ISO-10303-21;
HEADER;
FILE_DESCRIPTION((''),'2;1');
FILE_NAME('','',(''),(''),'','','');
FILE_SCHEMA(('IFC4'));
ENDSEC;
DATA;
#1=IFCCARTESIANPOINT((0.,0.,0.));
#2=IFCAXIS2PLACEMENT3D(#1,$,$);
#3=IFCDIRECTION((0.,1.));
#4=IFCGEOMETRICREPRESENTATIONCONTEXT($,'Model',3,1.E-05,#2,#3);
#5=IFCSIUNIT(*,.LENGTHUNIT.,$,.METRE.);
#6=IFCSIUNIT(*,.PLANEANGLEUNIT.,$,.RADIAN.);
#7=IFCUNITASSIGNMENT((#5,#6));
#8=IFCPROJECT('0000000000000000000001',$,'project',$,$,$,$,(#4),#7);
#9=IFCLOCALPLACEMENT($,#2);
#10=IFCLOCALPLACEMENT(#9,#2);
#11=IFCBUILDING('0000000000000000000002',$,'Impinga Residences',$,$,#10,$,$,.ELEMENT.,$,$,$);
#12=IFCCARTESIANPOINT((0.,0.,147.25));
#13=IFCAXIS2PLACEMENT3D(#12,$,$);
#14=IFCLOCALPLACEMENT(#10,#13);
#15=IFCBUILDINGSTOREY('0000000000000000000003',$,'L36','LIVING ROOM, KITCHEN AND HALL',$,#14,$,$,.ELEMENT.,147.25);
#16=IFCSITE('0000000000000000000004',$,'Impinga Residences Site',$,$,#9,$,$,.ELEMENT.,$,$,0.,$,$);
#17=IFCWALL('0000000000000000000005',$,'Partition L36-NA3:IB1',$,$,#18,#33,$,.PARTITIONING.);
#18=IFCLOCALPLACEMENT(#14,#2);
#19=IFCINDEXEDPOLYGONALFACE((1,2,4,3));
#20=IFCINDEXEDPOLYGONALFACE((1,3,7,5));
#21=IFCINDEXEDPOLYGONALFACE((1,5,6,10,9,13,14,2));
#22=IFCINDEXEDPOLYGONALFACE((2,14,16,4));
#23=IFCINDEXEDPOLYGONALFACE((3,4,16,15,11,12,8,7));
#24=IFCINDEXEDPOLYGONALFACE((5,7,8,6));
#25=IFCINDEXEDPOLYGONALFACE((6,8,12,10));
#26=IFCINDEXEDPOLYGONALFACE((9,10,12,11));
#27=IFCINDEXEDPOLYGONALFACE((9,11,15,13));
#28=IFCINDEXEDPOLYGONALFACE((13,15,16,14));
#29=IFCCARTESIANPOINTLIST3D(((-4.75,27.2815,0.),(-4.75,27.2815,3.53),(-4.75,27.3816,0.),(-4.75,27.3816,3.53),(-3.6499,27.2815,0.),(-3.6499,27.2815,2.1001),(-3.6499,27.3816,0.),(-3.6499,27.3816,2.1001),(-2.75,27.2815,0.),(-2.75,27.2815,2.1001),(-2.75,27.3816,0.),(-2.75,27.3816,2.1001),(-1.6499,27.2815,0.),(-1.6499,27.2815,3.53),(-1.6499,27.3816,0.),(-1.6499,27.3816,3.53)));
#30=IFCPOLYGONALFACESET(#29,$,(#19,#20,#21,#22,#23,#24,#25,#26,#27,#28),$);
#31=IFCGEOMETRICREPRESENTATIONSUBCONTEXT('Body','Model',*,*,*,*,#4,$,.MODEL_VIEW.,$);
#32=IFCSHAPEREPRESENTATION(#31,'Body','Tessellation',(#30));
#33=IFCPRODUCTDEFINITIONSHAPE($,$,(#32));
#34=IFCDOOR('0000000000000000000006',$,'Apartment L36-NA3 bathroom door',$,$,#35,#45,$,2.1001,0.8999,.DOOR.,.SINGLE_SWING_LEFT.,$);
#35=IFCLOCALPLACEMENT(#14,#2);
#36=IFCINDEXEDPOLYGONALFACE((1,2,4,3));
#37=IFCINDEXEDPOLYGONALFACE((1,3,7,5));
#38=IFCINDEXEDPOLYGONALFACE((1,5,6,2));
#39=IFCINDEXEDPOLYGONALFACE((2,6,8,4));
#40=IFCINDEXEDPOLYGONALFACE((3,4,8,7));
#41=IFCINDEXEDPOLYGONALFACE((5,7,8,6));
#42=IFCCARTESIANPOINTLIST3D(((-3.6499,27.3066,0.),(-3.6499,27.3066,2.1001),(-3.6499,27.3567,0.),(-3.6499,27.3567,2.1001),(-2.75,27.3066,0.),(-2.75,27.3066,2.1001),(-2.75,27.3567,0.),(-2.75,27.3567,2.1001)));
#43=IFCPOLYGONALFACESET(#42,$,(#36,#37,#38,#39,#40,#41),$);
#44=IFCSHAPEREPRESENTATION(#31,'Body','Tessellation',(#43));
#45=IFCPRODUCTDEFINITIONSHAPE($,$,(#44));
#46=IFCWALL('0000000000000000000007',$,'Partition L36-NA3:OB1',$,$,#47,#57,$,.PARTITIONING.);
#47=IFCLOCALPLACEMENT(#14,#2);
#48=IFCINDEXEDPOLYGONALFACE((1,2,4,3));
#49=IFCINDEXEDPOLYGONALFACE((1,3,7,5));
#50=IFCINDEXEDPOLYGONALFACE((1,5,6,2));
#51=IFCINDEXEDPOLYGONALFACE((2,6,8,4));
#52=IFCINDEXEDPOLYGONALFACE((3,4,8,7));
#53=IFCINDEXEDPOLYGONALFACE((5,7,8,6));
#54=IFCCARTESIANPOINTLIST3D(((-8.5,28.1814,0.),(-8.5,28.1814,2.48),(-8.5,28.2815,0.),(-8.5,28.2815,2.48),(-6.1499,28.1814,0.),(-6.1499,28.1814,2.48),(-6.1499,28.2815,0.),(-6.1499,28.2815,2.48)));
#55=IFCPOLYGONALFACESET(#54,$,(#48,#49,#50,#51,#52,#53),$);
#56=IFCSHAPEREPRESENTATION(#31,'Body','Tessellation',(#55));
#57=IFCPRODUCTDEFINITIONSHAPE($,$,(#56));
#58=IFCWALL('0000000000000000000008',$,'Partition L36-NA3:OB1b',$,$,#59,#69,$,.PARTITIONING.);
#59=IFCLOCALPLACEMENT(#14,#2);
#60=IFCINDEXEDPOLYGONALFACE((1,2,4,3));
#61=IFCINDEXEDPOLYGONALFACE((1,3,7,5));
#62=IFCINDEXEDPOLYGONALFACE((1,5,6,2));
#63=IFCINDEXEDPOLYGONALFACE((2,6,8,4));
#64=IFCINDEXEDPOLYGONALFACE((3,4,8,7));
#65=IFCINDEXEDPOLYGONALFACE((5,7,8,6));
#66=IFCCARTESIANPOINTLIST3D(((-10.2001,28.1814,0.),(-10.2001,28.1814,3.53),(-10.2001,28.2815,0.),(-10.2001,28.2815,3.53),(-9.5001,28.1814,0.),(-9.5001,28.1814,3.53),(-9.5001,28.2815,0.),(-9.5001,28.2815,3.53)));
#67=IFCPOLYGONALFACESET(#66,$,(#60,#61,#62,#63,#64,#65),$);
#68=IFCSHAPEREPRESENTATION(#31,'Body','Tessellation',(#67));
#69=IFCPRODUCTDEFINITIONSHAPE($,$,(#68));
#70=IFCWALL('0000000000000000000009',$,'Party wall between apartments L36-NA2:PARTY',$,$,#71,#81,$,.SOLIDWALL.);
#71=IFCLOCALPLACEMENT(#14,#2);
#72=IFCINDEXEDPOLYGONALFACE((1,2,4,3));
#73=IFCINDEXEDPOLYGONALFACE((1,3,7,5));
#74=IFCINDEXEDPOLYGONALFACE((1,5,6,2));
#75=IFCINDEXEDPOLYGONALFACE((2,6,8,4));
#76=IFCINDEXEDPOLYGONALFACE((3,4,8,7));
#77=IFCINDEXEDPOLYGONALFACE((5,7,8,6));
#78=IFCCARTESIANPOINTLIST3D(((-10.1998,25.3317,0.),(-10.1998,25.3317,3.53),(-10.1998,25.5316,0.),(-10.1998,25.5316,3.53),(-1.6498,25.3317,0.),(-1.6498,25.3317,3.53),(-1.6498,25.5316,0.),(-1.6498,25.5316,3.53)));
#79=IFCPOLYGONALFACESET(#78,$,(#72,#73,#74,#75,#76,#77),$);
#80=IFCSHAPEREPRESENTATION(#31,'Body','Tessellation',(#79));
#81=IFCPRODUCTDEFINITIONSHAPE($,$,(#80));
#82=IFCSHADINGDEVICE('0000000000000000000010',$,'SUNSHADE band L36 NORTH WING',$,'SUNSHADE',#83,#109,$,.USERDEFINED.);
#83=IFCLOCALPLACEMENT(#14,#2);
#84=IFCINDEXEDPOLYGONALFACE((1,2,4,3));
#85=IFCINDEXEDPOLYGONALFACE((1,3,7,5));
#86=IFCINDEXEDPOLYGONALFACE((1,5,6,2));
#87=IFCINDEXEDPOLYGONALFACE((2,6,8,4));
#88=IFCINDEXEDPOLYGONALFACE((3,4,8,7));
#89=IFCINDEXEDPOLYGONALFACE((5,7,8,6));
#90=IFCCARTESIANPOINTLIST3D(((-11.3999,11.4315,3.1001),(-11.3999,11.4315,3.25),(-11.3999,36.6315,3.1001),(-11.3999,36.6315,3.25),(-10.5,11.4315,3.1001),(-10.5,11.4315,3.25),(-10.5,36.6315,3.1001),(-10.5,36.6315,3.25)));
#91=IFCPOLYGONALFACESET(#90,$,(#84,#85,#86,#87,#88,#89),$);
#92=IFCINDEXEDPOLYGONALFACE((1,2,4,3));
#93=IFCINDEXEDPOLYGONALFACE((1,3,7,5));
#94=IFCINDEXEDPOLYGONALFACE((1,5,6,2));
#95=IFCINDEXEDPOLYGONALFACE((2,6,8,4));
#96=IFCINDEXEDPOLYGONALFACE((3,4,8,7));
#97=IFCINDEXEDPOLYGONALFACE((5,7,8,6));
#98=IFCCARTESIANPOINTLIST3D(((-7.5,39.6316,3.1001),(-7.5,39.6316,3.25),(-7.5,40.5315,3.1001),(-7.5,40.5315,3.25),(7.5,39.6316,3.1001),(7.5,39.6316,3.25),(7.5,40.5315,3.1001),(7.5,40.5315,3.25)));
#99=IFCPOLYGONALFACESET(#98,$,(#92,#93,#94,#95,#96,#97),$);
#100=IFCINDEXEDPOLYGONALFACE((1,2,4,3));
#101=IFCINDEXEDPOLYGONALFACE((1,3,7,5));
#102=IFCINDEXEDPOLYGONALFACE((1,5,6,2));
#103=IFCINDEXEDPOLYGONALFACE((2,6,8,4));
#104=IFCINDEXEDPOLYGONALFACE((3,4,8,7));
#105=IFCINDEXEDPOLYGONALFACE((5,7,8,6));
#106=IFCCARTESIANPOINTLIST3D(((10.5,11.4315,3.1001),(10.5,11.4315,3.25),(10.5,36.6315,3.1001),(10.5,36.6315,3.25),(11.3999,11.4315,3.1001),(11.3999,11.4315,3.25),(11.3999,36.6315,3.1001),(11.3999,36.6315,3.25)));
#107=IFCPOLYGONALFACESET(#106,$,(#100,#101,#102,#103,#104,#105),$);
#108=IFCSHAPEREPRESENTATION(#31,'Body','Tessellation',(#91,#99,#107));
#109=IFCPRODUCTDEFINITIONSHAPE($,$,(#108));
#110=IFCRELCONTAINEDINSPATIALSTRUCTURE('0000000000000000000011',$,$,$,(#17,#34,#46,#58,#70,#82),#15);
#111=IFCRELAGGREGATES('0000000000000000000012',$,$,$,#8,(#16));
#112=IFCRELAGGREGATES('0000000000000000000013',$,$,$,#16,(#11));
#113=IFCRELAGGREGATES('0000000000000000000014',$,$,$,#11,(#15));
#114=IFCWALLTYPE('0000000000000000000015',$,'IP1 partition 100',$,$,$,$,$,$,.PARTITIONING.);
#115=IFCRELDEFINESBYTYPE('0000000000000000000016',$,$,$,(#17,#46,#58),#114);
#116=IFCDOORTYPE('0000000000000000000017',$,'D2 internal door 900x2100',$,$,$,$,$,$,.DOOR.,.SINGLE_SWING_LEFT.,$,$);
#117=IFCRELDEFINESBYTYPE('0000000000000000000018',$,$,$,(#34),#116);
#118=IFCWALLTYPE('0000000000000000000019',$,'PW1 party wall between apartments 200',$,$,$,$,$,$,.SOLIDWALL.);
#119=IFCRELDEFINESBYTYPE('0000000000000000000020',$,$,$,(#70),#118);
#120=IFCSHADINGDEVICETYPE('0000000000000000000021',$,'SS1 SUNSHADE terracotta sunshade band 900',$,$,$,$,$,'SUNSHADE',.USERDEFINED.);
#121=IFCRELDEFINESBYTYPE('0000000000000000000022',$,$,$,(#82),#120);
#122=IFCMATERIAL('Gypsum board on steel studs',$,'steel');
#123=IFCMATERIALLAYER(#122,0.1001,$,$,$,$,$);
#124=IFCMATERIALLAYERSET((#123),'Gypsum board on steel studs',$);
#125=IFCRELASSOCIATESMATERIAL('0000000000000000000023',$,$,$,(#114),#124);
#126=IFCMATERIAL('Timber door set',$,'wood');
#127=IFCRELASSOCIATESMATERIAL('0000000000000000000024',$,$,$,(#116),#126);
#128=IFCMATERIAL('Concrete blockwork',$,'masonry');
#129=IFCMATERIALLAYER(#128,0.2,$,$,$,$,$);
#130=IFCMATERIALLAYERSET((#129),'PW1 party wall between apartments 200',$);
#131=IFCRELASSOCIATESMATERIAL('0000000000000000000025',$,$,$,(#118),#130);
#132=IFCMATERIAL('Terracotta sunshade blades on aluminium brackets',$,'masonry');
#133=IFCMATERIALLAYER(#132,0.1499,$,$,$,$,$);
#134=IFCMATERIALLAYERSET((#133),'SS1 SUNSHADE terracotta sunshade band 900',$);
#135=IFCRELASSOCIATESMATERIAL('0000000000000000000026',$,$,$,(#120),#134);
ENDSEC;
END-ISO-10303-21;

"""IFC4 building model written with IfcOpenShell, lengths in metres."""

from ifc_helpers import new_model, si_unit, direction, frame, frame_2d, origin, origin_2d, place, context, subcontext, project, spatial, rectangle, extrude, material, layer, layer_set, type_object, element, fill, save


model = new_model("IFC4")

# Units and contexts
model_context = context("Model", 3, precision=1e-05, world=origin(), true_north=direction((0.0, 1.0)))
body_context = subcontext(model_context, "Body", "Model", "MODEL_VIEW")
ifc_project = project(units=[si_unit("LENGTHUNIT", "METRE"), si_unit("PLANEANGLEUNIT", "RADIAN")], contexts=[model_context])

# Site, building, storey
site_placement = place(None, origin())
site = spatial("IfcSite", under=ifc_project, at=site_placement, Name="Impinga Residences Site", CompositionType="ELEMENT", RefElevation=0.0)
building_placement = place(site_placement, origin())
building = spatial("IfcBuilding", under=site, at=building_placement, Name="Impinga Residences", CompositionType="ELEMENT")
storey_placement = place(building_placement, frame((0.0, 0.0, 147.25)))
storey = spatial("IfcBuildingStorey", under=building, at=storey_placement, Name="L36", Description="LIVING ROOM, KITCHEN AND HALL", CompositionType="ELEMENT", Elevation=147.25)

# Shared definitions
ifc_material_1 = material(Name="Concrete blockwork", Category="masonry")
ifc_material_2 = material(Name="Timber door set", Category="wood")

# Shared definitions
ifc_material_3 = material(Name="Gypsum board on steel studs", Category="steel")
ifc_layer_1 = layer(ifc_material_3, 0.1001)
ifc_layer_set_1 = layer_set([ifc_layer_1], Name="Gypsum board on steel studs")
wall_type_1 = type_object("IfcWallType", Name="IP1 partition 100", PredefinedType="PARTITIONING", material=ifc_layer_set_1)

# Shared definitions
door_type_1 = type_object("IfcDoorType", Name="D2 internal door 900x2100", OperationType="SINGLE_SWING_LEFT", PredefinedType="DOOR", material=ifc_material_2)

# Wall, opening, door
wall_1_placement = place(storey_placement, frame((-1.6499, 27.3315, 0.0), z_axis=(0.0, 0.0, 1.0), x_axis=(-1.0, 0.0, 0.0)))
wall_1 = element("IfcWall", 1, at=wall_1_placement, inside=storey, type_object=wall_type_1, Name="Partition L36-NA3:IB1", PredefinedType="PARTITIONING", context=body_context, shape_type="SweptSolid", body=[
    extrude(rectangle(XDim=3.1001, YDim=0.1001, at=frame_2d((1.55, 0.0))), origin(), (0.0, 0.0, 1.0), 3.53),
])
opening_1_placement = place(wall_1_placement, frame((1.1001, 0.0, 0.0)))
opening_1 = element("IfcOpeningElement", 2, at=opening_1_placement, cuts=wall_1, PredefinedType="OPENING", context=body_context, shape_type="SweptSolid", body=[
    extrude(rectangle(XDim=0.8999, YDim=2.1001, at=frame_2d((0.45, 1.05))), frame((0.0, 0.0601, 0.0), z_axis=(0.0, -1.0, 0.0), x_axis=(1.0, 0.0, 0.0)), (0.0, 0.0, 1.0), 0.1201),
])
door_1_placement = place(opening_1_placement, origin())
door_1 = element("IfcDoor", 3, at=door_1_placement, inside=storey, type_object=door_type_1, Name="Apartment L36-NA3 bathroom door", OperationType="SINGLE_SWING_LEFT", OverallHeight=2.1001, OverallWidth=0.8999, PredefinedType="DOOR", context=body_context, shape_type="SweptSolid", body=[
    extrude(rectangle(XDim=0.8999, YDim=2.1001, at=frame_2d((0.45, 1.05))), frame((0.0, 0.0249, 0.0), z_axis=(0.0, -1.0, 0.0), x_axis=(1.0, 0.0, 0.0)), (0.0, 0.0, 1.0), 0.05),
])
fill(opening_1, door_1)

# Walls
wall_2_placement = place(storey_placement, frame((-6.1499, 28.2314, 0.0), z_axis=(0.0, 0.0, 1.0), x_axis=(-1.0, 0.0, 0.0)))
element("IfcWall", 4, at=wall_2_placement, inside=storey, type_object=wall_type_1, Name="Partition L36-NA3:OB1", PredefinedType="PARTITIONING", context=body_context, shape_type="SweptSolid", body=[
    extrude(rectangle(XDim=2.3501, YDim=0.1001, at=frame_2d((1.175, 0.0))), origin(), (0.0, 0.0, 1.0), 2.48),
])
wall_3_placement = place(storey_placement, frame((-9.5, 28.2314, 0.0), z_axis=(0.0, 0.0, 1.0), x_axis=(-1.0, 0.0, 0.0)))
element("IfcWall", 5, at=wall_3_placement, inside=storey, type_object=wall_type_1, Name="Partition L36-NA3:OB1b", PredefinedType="PARTITIONING", context=body_context, shape_type="SweptSolid", body=[
    extrude(rectangle(XDim=0.7, YDim=0.1001, at=frame_2d((0.3501, 0.0))), origin(), (0.0, 0.0, 1.0), 3.53),
])
ifc_layer_2 = layer(ifc_material_1, 0.2)
ifc_layer_set_2 = layer_set([ifc_layer_2], Name="PW1 party wall between apartments 200")
wall_type_2 = type_object("IfcWallType", Name="PW1 party wall between apartments 200", PredefinedType="SOLIDWALL", material=ifc_layer_set_2)
wall_4_placement = place(storey_placement, frame((-1.6499, 25.4316, 0.0), z_axis=(0.0, 0.0, 1.0), x_axis=(-1.0, 0.0, 0.0)))
element("IfcWall", 6, at=wall_4_placement, inside=storey, type_object=wall_type_2, Name="Party wall between apartments L36-NA2:PARTY", PredefinedType="SOLIDWALL", context=body_context, shape_type="SweptSolid", body=[
    extrude(rectangle(XDim=8.55, YDim=0.2, at=frame_2d((4.2749, 0.0))), origin(), (0.0, 0.0, 1.0), 3.53),
])

# Shading device
ifc_material_4 = material(Name="Terracotta sunshade blades on aluminium brackets", Category="masonry")
ifc_layer_3 = layer(ifc_material_4, 0.1499)
ifc_layer_set_3 = layer_set([ifc_layer_3], Name="SS1 SUNSHADE terracotta sunshade band 900")
shading_device_type = type_object("IfcShadingDeviceType", Name="SS1 SUNSHADE terracotta sunshade band 900", ElementType="SUNSHADE", PredefinedType="USERDEFINED", material=ifc_layer_set_3)
shading_device_placement = place(storey_placement, frame((-10.95, 24.0315, 3.1001), z_axis=(0.0, 0.0, 1.0), x_axis=(0.0, 1.0, 0.0)))
element("IfcShadingDevice", 7, at=shading_device_placement, inside=storey, type_object=shading_device_type, Name="SUNSHADE band L36 NORTH WING", ObjectType="SUNSHADE", PredefinedType="USERDEFINED", context=body_context, shape_type="SweptSolid", body=[
    extrude(rectangle(XDim=25.2, YDim=0.8999, at=origin_2d()), origin(), (0.0, 0.0, 1.0), 0.1499),
    extrude(rectangle(XDim=15.0, YDim=0.8999, at=origin_2d()), frame((16.05, -10.95, 0.0), z_axis=(0.0, 0.0, 1.0), x_axis=(0.0, -1.0, 0.0)), (0.0, 0.0, 1.0), 0.1499),
    extrude(rectangle(XDim=25.2, YDim=0.8999, at=origin_2d()), frame((0.0, -21.8999, 0.0), z_axis=(0.0, 0.0, 1.0), x_axis=(-1.0, 0.0, 0.0)), (0.0, 0.0, 1.0), 0.1499),
])

save(model, "model.ifc")
